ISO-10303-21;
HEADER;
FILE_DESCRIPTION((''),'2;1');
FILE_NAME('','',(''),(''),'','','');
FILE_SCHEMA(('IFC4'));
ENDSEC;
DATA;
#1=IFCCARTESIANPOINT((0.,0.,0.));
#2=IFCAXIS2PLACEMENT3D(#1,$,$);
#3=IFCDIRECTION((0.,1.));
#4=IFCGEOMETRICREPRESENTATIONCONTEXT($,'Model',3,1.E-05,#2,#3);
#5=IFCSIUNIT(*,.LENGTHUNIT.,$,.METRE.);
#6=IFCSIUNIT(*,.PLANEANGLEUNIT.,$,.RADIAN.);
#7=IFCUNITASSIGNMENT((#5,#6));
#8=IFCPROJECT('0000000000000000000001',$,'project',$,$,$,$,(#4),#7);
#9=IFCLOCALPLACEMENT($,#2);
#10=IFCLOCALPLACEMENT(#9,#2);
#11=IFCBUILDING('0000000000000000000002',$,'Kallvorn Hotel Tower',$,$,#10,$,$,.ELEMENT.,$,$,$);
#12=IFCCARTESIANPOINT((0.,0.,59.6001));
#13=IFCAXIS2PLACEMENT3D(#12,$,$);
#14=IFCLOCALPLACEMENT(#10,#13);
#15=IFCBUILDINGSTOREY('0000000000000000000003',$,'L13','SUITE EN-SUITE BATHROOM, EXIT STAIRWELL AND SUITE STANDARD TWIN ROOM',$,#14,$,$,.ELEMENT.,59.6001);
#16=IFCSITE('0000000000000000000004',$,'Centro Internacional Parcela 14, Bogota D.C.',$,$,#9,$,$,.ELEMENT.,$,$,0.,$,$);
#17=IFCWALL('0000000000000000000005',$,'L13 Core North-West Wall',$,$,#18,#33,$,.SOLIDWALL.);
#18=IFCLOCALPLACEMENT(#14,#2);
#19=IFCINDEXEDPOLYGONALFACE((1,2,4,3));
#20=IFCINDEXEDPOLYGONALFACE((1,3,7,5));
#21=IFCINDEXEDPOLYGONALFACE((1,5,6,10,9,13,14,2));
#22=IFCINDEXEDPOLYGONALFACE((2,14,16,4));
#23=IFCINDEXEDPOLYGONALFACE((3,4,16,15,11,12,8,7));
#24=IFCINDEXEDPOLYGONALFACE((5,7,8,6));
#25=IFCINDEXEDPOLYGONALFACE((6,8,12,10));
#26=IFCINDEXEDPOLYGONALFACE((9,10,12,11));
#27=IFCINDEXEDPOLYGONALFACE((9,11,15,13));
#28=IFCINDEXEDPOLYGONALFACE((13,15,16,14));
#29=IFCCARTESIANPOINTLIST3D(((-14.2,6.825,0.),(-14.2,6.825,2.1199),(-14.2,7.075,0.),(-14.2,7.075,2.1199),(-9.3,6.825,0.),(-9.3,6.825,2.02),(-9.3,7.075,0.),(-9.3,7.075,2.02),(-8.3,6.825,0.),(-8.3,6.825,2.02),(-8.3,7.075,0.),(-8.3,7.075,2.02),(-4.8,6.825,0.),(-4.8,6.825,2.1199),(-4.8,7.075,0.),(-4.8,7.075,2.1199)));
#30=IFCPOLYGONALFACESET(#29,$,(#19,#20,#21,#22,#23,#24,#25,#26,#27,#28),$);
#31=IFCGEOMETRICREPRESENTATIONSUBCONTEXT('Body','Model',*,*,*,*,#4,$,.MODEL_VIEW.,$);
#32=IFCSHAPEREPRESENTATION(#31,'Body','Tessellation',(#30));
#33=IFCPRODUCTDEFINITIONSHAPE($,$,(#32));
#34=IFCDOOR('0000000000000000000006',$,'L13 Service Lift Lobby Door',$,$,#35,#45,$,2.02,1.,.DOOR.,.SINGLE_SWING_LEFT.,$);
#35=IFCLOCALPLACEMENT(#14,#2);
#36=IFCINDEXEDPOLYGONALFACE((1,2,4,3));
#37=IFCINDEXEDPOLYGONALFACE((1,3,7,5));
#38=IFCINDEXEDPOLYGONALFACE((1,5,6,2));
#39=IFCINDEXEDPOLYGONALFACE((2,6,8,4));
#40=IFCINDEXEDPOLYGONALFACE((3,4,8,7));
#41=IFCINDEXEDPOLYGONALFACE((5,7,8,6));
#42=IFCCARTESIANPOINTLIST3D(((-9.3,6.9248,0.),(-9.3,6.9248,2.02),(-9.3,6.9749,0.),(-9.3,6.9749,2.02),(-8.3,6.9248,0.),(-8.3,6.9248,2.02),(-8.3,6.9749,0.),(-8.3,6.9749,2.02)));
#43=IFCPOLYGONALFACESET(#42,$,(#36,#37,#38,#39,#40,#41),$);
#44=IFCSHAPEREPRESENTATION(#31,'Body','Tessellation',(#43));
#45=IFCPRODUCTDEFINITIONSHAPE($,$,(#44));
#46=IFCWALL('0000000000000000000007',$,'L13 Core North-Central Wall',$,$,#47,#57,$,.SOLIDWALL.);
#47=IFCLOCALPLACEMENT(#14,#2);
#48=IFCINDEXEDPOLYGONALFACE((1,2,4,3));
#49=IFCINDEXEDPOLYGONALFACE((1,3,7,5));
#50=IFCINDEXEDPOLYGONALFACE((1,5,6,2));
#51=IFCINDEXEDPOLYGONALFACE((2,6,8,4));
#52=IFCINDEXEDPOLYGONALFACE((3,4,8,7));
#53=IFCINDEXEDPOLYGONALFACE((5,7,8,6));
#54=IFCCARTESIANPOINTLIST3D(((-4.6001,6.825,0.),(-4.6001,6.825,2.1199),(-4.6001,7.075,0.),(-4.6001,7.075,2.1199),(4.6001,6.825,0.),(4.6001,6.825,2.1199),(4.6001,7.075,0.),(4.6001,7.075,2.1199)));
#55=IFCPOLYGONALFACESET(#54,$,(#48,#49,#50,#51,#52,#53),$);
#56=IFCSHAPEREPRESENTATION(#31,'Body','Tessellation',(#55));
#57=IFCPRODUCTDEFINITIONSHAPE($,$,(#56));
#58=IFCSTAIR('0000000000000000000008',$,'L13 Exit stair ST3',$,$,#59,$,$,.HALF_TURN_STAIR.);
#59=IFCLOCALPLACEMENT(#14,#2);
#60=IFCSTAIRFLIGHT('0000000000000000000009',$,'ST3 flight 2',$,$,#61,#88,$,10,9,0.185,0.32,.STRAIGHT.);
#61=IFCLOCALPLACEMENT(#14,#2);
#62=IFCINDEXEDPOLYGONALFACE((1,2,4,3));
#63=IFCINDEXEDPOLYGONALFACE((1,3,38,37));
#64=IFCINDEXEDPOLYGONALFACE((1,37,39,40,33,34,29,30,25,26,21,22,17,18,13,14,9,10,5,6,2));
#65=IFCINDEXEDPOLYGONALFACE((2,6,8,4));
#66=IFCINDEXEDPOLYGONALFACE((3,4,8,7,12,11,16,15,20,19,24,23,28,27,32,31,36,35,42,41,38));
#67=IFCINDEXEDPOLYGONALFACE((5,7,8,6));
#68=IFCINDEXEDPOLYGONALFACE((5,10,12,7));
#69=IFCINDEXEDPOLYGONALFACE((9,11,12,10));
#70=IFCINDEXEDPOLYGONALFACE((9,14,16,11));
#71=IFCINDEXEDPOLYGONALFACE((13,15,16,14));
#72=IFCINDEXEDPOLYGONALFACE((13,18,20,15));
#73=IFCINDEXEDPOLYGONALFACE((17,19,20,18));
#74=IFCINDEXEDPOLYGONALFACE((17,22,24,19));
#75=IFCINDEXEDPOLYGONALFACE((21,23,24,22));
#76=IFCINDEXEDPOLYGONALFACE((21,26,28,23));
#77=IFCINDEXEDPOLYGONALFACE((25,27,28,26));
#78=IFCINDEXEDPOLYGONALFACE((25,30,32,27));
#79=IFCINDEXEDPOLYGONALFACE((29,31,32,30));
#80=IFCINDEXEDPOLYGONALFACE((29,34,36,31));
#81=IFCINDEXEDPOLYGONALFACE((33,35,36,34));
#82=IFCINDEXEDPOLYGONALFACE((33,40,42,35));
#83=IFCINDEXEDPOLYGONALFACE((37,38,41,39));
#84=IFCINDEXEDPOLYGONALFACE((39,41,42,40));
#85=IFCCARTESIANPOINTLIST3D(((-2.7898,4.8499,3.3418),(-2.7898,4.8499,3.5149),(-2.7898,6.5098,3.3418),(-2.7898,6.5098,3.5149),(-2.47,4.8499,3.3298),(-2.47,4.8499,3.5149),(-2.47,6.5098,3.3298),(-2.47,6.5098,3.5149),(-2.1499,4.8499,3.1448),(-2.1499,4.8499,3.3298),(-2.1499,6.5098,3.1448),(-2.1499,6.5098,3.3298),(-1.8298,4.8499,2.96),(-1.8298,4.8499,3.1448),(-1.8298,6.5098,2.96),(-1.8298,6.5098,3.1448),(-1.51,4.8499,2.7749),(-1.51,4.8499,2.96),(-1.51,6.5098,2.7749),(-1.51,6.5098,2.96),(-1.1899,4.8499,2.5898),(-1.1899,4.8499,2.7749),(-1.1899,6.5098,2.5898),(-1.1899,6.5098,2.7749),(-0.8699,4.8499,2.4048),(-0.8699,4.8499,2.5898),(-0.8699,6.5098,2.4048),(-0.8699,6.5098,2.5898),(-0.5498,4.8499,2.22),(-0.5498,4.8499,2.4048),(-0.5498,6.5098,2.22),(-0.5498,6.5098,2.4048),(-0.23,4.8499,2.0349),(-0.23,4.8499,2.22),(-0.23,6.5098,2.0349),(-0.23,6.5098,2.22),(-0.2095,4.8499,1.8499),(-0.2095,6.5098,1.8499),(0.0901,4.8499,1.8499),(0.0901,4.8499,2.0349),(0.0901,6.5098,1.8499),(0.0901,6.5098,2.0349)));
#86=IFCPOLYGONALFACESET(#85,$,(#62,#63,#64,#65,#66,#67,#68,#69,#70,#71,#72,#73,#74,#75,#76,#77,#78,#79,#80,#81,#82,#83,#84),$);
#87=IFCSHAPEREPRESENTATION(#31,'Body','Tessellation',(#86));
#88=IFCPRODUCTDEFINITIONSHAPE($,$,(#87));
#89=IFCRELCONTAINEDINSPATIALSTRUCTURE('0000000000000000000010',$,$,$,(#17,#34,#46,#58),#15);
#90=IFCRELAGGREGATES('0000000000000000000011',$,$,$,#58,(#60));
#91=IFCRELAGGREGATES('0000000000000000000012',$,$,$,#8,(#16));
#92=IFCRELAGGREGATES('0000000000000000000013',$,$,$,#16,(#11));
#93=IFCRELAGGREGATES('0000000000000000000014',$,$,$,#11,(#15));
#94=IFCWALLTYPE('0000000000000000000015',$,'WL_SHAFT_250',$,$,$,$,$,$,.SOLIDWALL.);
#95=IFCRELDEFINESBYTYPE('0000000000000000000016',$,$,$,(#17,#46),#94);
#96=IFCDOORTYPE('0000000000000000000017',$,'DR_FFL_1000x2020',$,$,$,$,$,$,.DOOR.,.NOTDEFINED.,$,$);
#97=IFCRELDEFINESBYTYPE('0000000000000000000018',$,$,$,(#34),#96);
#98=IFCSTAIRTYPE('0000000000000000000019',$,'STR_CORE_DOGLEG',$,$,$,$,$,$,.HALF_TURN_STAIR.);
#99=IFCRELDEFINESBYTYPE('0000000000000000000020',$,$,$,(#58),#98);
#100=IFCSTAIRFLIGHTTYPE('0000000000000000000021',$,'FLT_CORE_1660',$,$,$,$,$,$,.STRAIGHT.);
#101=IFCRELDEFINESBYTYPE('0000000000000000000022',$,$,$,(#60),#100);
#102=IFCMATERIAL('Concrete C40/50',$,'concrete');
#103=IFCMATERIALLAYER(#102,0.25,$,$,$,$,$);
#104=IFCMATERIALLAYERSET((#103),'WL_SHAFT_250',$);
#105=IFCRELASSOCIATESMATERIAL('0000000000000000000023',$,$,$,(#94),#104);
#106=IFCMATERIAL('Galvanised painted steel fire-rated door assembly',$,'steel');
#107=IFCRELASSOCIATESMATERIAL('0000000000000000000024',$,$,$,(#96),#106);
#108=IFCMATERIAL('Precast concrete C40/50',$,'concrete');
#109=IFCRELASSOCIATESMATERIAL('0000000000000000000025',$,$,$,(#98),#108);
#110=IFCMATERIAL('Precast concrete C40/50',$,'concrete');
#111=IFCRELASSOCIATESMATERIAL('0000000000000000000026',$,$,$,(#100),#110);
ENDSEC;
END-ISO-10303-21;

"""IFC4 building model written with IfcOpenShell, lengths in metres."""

from ifc_helpers import new_model, si_unit, direction, frame, frame_2d, origin, place, context, subcontext, project, spatial, polyline, rectangle, outline, extrude, material, layer, layer_set, type_object, element, fill, aggregate, save


model = new_model("IFC4")

# Units and contexts
model_context = context("Model", 3, precision=1e-05, world=origin(), true_north=direction((0.0, 1.0)))
body_context = subcontext(model_context, "Body", "Model", "MODEL_VIEW")
ifc_project = project(units=[si_unit("LENGTHUNIT", "METRE"), si_unit("PLANEANGLEUNIT", "RADIAN")], contexts=[model_context])

# Site, building, storey
site_placement = place(None, origin())
site = spatial("IfcSite", under=ifc_project, at=site_placement, Name="Centro Internacional Parcela 14, Bogota D.C.", CompositionType="ELEMENT", RefElevation=0.0)
building_placement = place(site_placement, origin())
building = spatial("IfcBuilding", under=site, at=building_placement, Name="Kallvorn Hotel Tower", CompositionType="ELEMENT")
storey_placement = place(building_placement, frame((0.0, 0.0, 59.6001)))
storey = spatial("IfcBuildingStorey", under=building, at=storey_placement, Name="L13", Description="SUITE EN-SUITE BATHROOM, EXIT STAIRWELL AND SUITE STANDARD TWIN ROOM", CompositionType="ELEMENT", Elevation=59.6001)

# Wall, opening, door
ifc_material_1 = material(Name="Concrete C40/50", Category="concrete")
ifc_layer_1 = layer(ifc_material_1, 0.25)
ifc_layer_set_1 = layer_set([ifc_layer_1], Name="WL_SHAFT_250")
wall_type_1 = type_object("IfcWallType", Name="WL_SHAFT_250", PredefinedType="SOLIDWALL", material=ifc_layer_set_1)
wall_1_placement = place(storey_placement, frame((-14.2, 6.95, 0.0), z_axis=(0.0, 0.0, 1.0), x_axis=(1.0, 0.0, 0.0)))
wall_1 = element("IfcWall", 1, at=wall_1_placement, inside=storey, type_object=wall_type_1, Name="L13 Core North-West Wall", PredefinedType="SOLIDWALL", context=body_context, shape_type="SweptSolid", body=[
    extrude(rectangle(XDim=9.3999, YDim=0.25, at=frame_2d((4.7, 0.0))), origin(), (0.0, 0.0, 1.0), 2.1199),
])
opening_placement = place(wall_1_placement, frame((4.8999, 0.0, 0.0)))
opening = element("IfcOpeningElement", 2, at=opening_placement, cuts=wall_1, PredefinedType="OPENING", context=body_context, shape_type="SweptSolid", body=[
    extrude(rectangle(XDim=1.0, YDim=2.02, at=frame_2d((0.5, 1.01))), frame((0.0, 0.1399, 0.0), z_axis=(0.0, -1.0, 0.0), x_axis=(1.0, 0.0, 0.0)), (0.0, 0.0, 1.0), 0.28),
])
ifc_material_2 = material(Name="Galvanised painted steel fire-rated door assembly", Category="steel")
door_type = type_object("IfcDoorType", Name="DR_FFL_1000x2020", OperationType="NOTDEFINED", PredefinedType="DOOR", material=ifc_material_2)
door_placement = place(opening_placement, origin())
door = element("IfcDoor", 3, at=door_placement, inside=storey, type_object=door_type, Name="L13 Service Lift Lobby Door", OperationType="SINGLE_SWING_LEFT", OverallHeight=2.02, OverallWidth=1.0, PredefinedType="DOOR", context=body_context, shape_type="SweptSolid", body=[
    extrude(rectangle(XDim=1.0, YDim=2.02, at=frame_2d((0.5, 1.01))), frame((0.0, 0.0249, 0.0), z_axis=(0.0, -1.0, 0.0), x_axis=(1.0, 0.0, 0.0)), (0.0, 0.0, 1.0), 0.05),
])
fill(opening, door)

# Wall
wall_2_placement = place(storey_placement, frame((-4.6001, 6.95, 0.0), z_axis=(0.0, 0.0, 1.0), x_axis=(1.0, 0.0, 0.0)))
element("IfcWall", 4, at=wall_2_placement, inside=storey, type_object=wall_type_1, Name="L13 Core North-Central Wall", PredefinedType="SOLIDWALL", context=body_context, shape_type="SweptSolid", body=[
    extrude(rectangle(XDim=9.2002, YDim=0.25, at=frame_2d((4.6001, 0.0))), origin(), (0.0, 0.0, 1.0), 2.1199),
])

# Stair, stair flight
ifc_material_3 = material(Name="Precast concrete C40/50", Category="concrete")
stair_type = type_object("IfcStairType", Name="STR_CORE_DOGLEG", PredefinedType="HALF_TURN_STAIR", material=ifc_material_3)
stair_placement = place(storey_placement, origin())
stair = element("IfcStair", 5, at=stair_placement, inside=storey, type_object=stair_type, Name="L13 Exit stair ST3", PredefinedType="HALF_TURN_STAIR")
ifc_material_4 = material(Name="Precast concrete C40/50", Category="concrete")
stair_flight_type = type_object("IfcStairFlightType", Name="FLT_CORE_1660", PredefinedType="STRAIGHT", material=ifc_material_4)
stair_flight_placement = place(storey_placement, frame((0.0901, 5.6799, 1.8499), z_axis=(0.0, 0.0, 1.0), x_axis=(-1.0, 0.0, 0.0)))
stair_flight = element("IfcStairFlight", 6, at=stair_flight_placement, type_object=stair_flight_type, Name="ST3 flight 2", NumberOfRisers=10, NumberOfTreads=9, PredefinedType="STRAIGHT", RiserHeight=0.185, TreadLength=0.32, context=body_context, shape_type="SweptSolid", body=[
    extrude(outline(polyline([(0.0, 0.0), (0.0, 0.1851), (0.3201, 0.1851), (0.3201, 0.3701), (0.6399, 0.3701), (0.6399, 0.5549), (0.96, 0.5549), (0.96, 0.74), (1.28, 0.74), (1.28, 0.925), (1.6001, 0.925), (1.6001, 1.1101), (1.9199, 1.1101), (1.9199, 1.2949), (2.24, 1.2949), (2.24, 1.48), (2.5601, 1.48), (2.5601, 1.665), (2.8799, 1.665), (2.8799, 1.8501), (2.8799, 1.4919), (0.2996, 0.0), (0.0, 0.0)])), frame((0.0, 0.8301, 0.0), z_axis=(0.0, -1.0, 0.0), x_axis=(1.0, 0.0, 0.0)), (0.0, 0.0, 1.0), 1.6599),
])
aggregate(stair, [stair_flight])

save(model, "model.ifc")
